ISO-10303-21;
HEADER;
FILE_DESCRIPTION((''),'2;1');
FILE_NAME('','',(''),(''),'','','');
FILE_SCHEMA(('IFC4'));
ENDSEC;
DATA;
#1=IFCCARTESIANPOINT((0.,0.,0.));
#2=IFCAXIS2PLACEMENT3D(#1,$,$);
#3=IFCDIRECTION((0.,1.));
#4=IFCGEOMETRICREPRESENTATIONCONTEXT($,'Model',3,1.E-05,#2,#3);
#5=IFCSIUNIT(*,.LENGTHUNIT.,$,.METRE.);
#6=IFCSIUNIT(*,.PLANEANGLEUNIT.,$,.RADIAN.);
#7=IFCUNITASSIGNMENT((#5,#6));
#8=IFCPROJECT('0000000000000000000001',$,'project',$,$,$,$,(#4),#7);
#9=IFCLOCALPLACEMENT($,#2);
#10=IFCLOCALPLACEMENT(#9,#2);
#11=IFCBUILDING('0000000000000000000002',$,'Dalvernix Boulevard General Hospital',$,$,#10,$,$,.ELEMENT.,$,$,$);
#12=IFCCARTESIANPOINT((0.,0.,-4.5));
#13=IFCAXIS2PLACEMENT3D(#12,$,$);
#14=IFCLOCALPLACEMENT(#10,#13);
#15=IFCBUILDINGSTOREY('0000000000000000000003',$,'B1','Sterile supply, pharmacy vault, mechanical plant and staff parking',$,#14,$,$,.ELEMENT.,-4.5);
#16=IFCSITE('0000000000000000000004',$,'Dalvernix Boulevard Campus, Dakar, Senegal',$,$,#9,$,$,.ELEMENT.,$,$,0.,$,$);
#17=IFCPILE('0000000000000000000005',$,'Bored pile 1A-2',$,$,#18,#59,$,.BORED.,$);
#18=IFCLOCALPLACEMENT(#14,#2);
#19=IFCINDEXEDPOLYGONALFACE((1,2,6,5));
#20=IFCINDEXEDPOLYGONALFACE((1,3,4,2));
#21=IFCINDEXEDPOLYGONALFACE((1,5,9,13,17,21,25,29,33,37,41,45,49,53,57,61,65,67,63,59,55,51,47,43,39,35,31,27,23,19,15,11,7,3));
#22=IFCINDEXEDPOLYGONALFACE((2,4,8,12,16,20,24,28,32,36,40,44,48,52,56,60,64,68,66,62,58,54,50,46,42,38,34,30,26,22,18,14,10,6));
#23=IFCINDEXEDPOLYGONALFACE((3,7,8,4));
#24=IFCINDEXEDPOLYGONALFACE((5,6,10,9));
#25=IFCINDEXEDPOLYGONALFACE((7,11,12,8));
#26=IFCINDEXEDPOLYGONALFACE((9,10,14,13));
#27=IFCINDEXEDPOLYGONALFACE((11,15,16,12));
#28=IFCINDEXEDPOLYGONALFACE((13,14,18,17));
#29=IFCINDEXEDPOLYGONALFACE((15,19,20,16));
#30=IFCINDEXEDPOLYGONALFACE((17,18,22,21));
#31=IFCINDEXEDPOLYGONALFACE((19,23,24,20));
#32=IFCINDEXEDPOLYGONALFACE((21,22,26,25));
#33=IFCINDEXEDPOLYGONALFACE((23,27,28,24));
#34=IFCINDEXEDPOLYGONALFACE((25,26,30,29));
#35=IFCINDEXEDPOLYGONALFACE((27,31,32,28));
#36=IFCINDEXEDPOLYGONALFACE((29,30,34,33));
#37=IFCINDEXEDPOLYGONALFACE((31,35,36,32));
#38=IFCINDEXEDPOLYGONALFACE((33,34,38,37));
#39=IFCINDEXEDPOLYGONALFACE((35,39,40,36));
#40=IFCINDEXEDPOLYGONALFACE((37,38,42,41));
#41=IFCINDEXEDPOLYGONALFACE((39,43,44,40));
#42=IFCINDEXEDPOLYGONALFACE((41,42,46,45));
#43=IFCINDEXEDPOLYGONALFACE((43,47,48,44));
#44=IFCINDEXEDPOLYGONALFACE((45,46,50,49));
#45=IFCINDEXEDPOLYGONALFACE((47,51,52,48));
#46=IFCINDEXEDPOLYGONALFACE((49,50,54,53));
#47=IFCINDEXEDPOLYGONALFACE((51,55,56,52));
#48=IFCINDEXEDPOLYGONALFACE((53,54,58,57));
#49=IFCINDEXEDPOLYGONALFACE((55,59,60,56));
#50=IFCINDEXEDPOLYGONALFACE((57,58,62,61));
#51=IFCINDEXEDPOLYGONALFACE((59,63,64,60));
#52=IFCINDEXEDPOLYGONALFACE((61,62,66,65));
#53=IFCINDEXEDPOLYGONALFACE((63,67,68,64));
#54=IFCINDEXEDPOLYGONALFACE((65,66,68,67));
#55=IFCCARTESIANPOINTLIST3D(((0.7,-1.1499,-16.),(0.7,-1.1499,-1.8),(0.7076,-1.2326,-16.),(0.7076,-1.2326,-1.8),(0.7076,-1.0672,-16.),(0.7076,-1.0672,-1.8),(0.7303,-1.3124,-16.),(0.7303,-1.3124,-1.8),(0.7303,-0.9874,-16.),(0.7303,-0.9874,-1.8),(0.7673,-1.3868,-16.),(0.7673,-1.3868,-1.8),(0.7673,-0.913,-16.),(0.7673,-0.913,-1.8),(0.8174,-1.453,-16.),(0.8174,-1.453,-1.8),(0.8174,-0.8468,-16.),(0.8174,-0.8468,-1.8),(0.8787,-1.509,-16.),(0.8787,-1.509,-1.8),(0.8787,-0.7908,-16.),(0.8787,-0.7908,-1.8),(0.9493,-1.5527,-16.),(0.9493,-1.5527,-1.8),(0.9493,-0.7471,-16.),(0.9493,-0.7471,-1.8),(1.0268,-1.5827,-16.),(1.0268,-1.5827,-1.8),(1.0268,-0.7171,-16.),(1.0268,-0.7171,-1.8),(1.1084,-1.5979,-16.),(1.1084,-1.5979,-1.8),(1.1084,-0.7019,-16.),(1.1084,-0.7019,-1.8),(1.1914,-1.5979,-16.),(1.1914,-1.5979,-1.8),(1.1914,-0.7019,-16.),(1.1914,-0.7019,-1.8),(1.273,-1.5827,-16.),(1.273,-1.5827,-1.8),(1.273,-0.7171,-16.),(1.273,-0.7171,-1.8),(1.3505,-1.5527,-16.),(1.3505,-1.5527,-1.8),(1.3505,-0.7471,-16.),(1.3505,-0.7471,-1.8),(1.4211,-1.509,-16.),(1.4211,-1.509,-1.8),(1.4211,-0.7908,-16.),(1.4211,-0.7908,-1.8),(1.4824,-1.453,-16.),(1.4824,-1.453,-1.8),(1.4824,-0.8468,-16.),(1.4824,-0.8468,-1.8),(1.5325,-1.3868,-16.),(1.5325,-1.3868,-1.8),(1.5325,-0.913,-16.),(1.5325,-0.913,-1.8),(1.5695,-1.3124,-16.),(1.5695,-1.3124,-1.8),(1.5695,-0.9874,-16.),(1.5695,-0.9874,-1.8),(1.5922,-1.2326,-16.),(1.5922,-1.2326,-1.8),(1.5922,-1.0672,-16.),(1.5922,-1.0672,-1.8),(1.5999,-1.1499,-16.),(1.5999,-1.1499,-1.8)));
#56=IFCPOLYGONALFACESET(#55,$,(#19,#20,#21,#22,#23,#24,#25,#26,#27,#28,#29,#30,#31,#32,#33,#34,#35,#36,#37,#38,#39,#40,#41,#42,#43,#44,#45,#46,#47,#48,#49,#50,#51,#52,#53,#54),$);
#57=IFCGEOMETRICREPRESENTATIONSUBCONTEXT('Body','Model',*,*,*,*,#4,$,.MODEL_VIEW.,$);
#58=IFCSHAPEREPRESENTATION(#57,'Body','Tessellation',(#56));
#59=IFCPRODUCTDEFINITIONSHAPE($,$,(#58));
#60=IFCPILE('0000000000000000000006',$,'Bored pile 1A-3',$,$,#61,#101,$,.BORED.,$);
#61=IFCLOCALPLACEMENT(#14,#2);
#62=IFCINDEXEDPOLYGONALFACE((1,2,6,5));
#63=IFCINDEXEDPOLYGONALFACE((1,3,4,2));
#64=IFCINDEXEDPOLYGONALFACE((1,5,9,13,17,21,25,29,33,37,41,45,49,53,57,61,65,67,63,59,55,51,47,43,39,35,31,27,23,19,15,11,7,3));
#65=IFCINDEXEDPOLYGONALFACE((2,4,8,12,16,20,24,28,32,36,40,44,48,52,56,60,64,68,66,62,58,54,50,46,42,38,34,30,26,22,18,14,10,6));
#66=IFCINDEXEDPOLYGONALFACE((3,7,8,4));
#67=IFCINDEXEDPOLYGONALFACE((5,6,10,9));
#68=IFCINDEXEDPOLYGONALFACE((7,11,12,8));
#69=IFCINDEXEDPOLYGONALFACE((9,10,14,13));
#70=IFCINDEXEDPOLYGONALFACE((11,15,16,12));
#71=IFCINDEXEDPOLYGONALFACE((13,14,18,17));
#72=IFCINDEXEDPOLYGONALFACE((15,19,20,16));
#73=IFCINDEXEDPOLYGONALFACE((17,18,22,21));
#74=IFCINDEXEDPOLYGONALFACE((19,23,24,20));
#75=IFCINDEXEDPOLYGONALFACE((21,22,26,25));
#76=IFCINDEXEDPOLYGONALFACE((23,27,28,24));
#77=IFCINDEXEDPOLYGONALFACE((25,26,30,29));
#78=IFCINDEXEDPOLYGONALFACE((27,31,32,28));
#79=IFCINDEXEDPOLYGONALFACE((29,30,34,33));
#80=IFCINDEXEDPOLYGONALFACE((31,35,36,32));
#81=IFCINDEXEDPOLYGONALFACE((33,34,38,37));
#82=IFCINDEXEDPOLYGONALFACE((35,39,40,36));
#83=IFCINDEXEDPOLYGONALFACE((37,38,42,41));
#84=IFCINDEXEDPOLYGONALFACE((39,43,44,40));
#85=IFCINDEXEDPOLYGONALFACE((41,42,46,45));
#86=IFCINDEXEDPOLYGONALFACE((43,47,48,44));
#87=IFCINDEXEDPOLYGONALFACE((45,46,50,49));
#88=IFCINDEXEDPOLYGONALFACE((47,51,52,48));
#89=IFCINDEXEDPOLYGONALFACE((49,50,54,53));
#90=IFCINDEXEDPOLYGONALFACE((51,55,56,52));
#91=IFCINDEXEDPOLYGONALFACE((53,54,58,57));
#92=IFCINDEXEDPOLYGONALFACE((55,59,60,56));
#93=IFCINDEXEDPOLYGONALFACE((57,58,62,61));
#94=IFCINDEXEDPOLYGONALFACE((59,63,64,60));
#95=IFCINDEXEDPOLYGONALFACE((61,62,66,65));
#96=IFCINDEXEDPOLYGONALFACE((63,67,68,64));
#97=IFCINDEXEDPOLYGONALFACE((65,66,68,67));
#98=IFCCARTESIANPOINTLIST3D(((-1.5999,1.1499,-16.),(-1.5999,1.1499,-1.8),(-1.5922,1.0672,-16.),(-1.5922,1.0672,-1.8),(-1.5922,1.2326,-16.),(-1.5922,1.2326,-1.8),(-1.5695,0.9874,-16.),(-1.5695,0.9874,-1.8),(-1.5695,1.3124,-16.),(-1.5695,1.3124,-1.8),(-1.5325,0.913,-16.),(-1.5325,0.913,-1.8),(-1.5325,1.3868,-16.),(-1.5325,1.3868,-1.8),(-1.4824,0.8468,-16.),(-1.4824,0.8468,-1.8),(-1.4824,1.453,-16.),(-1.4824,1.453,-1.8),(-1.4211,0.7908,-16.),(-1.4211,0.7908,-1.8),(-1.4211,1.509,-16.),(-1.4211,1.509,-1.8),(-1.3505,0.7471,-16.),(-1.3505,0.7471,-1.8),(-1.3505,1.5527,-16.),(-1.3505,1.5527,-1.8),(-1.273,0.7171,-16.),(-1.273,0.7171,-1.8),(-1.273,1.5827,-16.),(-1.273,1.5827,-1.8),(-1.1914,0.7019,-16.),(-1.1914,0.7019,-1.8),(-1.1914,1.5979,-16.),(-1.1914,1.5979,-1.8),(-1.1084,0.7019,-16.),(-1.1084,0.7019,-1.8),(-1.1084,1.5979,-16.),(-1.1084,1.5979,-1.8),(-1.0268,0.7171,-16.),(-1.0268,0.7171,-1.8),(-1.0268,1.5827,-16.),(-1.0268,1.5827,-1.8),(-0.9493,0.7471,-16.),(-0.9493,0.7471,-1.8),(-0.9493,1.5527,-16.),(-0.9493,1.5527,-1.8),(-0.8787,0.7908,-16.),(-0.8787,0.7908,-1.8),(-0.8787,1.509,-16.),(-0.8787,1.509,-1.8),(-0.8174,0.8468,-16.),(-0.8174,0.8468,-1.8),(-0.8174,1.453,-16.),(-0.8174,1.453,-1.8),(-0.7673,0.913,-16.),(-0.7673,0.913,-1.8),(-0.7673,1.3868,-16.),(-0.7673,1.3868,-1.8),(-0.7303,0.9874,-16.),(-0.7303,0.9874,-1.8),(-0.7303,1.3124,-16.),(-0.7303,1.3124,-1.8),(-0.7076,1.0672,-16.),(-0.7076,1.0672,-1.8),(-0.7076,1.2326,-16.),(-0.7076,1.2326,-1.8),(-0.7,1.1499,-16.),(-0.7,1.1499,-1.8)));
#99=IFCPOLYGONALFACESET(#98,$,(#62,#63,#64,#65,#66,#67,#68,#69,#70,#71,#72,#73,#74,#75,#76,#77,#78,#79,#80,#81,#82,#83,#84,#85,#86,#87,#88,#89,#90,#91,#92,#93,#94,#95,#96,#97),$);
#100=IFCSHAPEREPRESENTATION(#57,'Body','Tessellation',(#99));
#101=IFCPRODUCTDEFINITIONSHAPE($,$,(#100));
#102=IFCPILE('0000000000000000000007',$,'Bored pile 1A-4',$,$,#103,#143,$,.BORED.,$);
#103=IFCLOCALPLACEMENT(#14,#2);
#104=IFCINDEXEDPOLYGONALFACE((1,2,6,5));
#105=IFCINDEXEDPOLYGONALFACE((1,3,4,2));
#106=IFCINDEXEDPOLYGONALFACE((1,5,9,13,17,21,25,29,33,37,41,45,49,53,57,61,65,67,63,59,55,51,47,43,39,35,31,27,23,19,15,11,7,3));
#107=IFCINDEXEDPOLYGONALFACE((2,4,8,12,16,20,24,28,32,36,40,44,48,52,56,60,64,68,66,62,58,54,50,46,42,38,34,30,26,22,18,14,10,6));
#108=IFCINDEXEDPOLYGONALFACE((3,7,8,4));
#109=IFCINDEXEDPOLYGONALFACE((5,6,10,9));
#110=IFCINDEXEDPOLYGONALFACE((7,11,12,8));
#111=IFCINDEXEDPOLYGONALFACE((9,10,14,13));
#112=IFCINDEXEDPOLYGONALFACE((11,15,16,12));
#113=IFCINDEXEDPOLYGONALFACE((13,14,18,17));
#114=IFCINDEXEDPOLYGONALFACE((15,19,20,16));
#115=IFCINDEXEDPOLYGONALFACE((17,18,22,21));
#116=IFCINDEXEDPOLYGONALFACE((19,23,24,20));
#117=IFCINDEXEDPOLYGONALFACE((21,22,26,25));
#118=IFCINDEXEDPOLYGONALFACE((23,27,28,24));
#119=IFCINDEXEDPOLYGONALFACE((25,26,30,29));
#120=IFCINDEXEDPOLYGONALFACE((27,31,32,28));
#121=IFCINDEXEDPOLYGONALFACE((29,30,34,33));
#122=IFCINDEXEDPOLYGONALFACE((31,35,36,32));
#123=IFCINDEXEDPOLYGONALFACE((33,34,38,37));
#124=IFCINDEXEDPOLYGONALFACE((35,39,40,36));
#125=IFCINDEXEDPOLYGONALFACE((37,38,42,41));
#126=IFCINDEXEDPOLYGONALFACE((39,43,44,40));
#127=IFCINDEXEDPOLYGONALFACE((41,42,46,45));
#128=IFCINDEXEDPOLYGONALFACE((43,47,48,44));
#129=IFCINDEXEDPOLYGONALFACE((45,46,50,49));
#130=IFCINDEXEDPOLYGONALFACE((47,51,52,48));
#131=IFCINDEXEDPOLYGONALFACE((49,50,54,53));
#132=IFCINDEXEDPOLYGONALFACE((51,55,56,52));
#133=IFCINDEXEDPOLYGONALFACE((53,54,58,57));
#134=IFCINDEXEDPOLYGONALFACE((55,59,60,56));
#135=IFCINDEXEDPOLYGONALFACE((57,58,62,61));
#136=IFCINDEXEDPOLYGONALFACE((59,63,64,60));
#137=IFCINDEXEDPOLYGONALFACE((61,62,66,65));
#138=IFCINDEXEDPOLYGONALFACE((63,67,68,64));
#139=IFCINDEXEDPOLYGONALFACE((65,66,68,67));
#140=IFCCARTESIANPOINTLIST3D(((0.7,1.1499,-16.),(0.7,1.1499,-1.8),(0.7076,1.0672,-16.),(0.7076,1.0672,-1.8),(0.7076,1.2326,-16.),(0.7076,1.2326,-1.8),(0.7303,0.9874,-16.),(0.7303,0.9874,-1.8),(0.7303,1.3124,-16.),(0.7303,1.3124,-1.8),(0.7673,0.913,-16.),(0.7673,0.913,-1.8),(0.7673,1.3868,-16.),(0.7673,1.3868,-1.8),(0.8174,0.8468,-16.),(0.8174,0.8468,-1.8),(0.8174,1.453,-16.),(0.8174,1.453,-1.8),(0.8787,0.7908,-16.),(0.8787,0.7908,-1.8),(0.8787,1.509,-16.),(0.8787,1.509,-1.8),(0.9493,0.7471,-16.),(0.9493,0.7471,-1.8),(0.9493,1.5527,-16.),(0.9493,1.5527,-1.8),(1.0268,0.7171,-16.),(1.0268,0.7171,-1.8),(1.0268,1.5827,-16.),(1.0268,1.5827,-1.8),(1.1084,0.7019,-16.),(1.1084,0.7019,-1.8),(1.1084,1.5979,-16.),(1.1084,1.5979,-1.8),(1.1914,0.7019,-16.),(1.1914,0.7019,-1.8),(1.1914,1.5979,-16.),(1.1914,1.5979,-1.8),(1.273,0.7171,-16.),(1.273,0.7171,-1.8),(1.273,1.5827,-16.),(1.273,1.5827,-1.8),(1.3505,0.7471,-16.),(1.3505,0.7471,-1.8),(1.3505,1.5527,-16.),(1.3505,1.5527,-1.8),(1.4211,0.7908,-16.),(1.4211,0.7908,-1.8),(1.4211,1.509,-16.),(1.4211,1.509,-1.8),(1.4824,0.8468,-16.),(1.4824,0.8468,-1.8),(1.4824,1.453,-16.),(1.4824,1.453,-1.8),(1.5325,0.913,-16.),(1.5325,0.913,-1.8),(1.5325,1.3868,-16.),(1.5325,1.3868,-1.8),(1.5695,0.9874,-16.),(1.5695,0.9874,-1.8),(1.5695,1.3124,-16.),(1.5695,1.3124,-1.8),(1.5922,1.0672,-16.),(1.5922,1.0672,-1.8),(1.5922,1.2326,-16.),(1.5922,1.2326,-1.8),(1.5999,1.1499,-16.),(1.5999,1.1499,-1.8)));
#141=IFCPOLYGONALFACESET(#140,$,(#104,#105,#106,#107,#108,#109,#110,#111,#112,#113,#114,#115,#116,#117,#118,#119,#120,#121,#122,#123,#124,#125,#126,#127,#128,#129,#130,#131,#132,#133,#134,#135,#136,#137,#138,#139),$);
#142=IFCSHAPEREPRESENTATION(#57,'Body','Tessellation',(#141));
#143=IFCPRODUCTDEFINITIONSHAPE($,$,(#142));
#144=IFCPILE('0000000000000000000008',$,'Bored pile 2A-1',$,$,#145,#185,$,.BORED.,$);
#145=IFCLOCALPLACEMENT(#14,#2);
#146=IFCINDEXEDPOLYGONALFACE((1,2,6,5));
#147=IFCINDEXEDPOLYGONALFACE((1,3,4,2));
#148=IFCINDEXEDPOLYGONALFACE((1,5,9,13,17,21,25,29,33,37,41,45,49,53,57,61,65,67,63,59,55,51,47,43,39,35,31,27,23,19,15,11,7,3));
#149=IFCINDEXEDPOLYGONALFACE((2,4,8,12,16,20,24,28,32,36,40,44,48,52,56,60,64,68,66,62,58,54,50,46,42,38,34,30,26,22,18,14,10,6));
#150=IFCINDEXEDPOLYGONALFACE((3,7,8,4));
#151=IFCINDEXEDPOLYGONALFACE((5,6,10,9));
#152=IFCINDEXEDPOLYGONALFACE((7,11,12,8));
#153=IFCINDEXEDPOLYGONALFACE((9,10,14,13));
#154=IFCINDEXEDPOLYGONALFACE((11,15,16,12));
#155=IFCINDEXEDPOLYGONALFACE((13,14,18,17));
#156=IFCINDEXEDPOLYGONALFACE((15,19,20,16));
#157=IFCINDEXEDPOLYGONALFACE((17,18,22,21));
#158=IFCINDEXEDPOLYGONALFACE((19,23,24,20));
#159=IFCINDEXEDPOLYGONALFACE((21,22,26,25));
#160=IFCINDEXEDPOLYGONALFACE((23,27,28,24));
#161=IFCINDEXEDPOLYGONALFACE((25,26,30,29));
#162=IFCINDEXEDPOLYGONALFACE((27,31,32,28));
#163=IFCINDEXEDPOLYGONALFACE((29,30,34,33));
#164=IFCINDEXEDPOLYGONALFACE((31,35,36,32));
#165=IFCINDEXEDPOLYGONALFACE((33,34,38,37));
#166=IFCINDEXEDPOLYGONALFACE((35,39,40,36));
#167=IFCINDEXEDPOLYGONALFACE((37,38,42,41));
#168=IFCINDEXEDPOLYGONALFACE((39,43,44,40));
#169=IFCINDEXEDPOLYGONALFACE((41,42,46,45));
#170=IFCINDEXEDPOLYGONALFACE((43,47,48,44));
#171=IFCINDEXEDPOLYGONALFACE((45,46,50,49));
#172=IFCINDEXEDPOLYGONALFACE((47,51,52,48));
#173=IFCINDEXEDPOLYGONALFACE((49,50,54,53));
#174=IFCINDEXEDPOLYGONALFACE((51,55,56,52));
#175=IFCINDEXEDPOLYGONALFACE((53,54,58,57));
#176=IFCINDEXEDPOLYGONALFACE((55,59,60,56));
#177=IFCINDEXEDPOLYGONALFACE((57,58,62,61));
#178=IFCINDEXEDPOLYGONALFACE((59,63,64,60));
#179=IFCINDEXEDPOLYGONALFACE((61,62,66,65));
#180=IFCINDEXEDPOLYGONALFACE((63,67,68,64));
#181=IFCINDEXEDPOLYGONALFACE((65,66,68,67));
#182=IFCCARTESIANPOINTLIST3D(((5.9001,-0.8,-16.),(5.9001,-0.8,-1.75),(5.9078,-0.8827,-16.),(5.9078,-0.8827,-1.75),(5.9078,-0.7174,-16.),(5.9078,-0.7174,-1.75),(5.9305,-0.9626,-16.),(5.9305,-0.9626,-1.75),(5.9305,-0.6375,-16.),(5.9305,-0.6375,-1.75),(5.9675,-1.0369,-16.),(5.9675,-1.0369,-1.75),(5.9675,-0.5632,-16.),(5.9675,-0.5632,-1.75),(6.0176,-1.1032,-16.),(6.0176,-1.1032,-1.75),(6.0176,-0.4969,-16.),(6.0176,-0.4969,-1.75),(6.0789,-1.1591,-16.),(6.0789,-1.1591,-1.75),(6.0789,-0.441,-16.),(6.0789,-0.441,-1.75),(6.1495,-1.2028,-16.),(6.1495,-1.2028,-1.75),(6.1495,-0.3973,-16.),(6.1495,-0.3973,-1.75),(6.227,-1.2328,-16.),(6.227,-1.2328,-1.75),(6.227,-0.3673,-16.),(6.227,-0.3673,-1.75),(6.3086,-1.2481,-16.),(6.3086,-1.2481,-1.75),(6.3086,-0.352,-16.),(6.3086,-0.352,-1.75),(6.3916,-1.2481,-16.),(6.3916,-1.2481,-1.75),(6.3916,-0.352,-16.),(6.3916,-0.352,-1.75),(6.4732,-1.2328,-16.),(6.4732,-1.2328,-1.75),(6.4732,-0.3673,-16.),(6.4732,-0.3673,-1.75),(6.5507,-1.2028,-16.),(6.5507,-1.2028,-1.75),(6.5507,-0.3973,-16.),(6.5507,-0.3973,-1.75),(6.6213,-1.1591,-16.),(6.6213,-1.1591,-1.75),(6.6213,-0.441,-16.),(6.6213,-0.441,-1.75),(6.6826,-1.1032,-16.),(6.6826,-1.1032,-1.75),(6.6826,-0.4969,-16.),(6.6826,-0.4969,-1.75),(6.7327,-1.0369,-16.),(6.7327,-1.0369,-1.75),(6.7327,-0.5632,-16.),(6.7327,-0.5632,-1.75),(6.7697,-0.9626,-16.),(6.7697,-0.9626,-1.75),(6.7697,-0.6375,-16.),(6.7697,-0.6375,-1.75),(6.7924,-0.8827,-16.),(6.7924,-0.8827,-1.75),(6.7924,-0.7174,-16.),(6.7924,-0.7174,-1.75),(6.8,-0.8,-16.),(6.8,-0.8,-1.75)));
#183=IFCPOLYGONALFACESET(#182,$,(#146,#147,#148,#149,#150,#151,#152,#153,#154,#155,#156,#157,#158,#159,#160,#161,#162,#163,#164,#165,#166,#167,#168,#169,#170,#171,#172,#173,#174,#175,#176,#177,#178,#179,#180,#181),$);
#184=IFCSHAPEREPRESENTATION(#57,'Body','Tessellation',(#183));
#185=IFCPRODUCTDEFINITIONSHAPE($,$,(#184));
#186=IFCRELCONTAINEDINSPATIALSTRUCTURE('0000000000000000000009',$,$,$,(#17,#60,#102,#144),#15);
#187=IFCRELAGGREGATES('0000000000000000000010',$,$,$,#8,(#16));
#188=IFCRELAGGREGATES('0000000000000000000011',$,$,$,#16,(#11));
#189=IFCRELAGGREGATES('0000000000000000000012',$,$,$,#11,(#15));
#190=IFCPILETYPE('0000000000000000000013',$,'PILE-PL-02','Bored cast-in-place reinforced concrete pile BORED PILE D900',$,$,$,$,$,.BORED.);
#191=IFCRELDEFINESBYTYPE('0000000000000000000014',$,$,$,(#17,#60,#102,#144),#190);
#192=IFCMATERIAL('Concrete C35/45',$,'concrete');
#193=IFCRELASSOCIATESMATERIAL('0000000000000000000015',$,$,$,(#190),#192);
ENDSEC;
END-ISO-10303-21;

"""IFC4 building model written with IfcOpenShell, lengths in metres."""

from ifc_helpers import new_model, si_unit, direction, frame, origin, origin_2d, place, context, subcontext, project, spatial, circle, extrude, material, material_profile, profile_set, type_object, element, save


model = new_model("IFC4")

# Units and contexts
model_context = context("Model", 3, precision=1e-05, world=origin(), true_north=direction((0.0, 1.0)))
body_context = subcontext(model_context, "Body", "Model", "MODEL_VIEW")
ifc_project = project(units=[si_unit("LENGTHUNIT", "METRE"), si_unit("PLANEANGLEUNIT", "RADIAN")], contexts=[model_context])

# Site, building, storey
site_placement = place(None, origin())
site = spatial("IfcSite", under=ifc_project, at=site_placement, Name="Dalvernix Boulevard Campus, Dakar, Senegal", CompositionType="ELEMENT", RefElevation=0.0)
building_placement = place(site_placement, origin())
building = spatial("IfcBuilding", under=site, at=building_placement, Name="Dalvernix Boulevard General Hospital", CompositionType="ELEMENT")
storey_placement = place(building_placement, frame((0.0, 0.0, -4.5)))
storey = spatial("IfcBuildingStorey", under=building, at=storey_placement, Name="B1", Description="Sterile supply, pharmacy vault, mechanical plant and staff parking", CompositionType="ELEMENT", Elevation=-4.5)

# Shared definitions
ifc_material_1 = material(Name="Concrete C35/45", Category="concrete")

# Piles
ifc_material_profile_1 = material_profile(ifc_material_1, circle(Radius=0.45, at=origin_2d()), Name="BORED PILE D900")
ifc_profile_set_1 = profile_set([ifc_material_profile_1], Name="Concrete C35/45")
pile_type_1 = type_object("IfcPileType", Name="PILE-PL-02", Description="Bored cast-in-place reinforced concrete pile BORED PILE D900", PredefinedType="BORED", material=ifc_profile_set_1)
for number, where, z_axis, x_axis, name in (
    (1, (1.1499, -1.1499, -1.8), (0.0, 0.0, -1.0), (1.0, 0.0, 0.0), "Bored pile 1A-2"),
    (2, (-1.1499, 1.1499, -1.8), (0.0, 0.0, -1.0), (1.0, 0.0, 0.0), "Bored pile 1A-3"),
    (3, (1.1499, 1.1499, -1.8), (0.0, 0.0, -1.0), (1.0, 0.0, 0.0), "Bored pile 1A-4"),
):
    element("IfcPile", number, at=place(storey_placement, frame(where, z_axis=z_axis, x_axis=x_axis)), inside=storey, type_object=pile_type_1, Name=name, PredefinedType="BORED", context=body_context, shape_type="SweptSolid", body=[
        extrude(circle(Radius=0.45, at=origin_2d()), origin(), (0.0, 0.0, 1.0), 14.2),
    ])
for number, where, z_axis, x_axis, name in (
    (4, (6.3501, -0.8, -1.75), (0.0, 0.0, -1.0), (1.0, 0.0, 0.0), "Bored pile 2A-1"),
):
    element("IfcPile", number, at=place(storey_placement, frame(where, z_axis=z_axis, x_axis=x_axis)), inside=storey, type_object=pile_type_1, Name=name, PredefinedType="BORED", context=body_context, shape_type="SweptSolid", body=[
        extrude(circle(Radius=0.45, at=origin_2d()), origin(), (0.0, 0.0, 1.0), 14.25),
    ])

save(model, "model.ifc")
